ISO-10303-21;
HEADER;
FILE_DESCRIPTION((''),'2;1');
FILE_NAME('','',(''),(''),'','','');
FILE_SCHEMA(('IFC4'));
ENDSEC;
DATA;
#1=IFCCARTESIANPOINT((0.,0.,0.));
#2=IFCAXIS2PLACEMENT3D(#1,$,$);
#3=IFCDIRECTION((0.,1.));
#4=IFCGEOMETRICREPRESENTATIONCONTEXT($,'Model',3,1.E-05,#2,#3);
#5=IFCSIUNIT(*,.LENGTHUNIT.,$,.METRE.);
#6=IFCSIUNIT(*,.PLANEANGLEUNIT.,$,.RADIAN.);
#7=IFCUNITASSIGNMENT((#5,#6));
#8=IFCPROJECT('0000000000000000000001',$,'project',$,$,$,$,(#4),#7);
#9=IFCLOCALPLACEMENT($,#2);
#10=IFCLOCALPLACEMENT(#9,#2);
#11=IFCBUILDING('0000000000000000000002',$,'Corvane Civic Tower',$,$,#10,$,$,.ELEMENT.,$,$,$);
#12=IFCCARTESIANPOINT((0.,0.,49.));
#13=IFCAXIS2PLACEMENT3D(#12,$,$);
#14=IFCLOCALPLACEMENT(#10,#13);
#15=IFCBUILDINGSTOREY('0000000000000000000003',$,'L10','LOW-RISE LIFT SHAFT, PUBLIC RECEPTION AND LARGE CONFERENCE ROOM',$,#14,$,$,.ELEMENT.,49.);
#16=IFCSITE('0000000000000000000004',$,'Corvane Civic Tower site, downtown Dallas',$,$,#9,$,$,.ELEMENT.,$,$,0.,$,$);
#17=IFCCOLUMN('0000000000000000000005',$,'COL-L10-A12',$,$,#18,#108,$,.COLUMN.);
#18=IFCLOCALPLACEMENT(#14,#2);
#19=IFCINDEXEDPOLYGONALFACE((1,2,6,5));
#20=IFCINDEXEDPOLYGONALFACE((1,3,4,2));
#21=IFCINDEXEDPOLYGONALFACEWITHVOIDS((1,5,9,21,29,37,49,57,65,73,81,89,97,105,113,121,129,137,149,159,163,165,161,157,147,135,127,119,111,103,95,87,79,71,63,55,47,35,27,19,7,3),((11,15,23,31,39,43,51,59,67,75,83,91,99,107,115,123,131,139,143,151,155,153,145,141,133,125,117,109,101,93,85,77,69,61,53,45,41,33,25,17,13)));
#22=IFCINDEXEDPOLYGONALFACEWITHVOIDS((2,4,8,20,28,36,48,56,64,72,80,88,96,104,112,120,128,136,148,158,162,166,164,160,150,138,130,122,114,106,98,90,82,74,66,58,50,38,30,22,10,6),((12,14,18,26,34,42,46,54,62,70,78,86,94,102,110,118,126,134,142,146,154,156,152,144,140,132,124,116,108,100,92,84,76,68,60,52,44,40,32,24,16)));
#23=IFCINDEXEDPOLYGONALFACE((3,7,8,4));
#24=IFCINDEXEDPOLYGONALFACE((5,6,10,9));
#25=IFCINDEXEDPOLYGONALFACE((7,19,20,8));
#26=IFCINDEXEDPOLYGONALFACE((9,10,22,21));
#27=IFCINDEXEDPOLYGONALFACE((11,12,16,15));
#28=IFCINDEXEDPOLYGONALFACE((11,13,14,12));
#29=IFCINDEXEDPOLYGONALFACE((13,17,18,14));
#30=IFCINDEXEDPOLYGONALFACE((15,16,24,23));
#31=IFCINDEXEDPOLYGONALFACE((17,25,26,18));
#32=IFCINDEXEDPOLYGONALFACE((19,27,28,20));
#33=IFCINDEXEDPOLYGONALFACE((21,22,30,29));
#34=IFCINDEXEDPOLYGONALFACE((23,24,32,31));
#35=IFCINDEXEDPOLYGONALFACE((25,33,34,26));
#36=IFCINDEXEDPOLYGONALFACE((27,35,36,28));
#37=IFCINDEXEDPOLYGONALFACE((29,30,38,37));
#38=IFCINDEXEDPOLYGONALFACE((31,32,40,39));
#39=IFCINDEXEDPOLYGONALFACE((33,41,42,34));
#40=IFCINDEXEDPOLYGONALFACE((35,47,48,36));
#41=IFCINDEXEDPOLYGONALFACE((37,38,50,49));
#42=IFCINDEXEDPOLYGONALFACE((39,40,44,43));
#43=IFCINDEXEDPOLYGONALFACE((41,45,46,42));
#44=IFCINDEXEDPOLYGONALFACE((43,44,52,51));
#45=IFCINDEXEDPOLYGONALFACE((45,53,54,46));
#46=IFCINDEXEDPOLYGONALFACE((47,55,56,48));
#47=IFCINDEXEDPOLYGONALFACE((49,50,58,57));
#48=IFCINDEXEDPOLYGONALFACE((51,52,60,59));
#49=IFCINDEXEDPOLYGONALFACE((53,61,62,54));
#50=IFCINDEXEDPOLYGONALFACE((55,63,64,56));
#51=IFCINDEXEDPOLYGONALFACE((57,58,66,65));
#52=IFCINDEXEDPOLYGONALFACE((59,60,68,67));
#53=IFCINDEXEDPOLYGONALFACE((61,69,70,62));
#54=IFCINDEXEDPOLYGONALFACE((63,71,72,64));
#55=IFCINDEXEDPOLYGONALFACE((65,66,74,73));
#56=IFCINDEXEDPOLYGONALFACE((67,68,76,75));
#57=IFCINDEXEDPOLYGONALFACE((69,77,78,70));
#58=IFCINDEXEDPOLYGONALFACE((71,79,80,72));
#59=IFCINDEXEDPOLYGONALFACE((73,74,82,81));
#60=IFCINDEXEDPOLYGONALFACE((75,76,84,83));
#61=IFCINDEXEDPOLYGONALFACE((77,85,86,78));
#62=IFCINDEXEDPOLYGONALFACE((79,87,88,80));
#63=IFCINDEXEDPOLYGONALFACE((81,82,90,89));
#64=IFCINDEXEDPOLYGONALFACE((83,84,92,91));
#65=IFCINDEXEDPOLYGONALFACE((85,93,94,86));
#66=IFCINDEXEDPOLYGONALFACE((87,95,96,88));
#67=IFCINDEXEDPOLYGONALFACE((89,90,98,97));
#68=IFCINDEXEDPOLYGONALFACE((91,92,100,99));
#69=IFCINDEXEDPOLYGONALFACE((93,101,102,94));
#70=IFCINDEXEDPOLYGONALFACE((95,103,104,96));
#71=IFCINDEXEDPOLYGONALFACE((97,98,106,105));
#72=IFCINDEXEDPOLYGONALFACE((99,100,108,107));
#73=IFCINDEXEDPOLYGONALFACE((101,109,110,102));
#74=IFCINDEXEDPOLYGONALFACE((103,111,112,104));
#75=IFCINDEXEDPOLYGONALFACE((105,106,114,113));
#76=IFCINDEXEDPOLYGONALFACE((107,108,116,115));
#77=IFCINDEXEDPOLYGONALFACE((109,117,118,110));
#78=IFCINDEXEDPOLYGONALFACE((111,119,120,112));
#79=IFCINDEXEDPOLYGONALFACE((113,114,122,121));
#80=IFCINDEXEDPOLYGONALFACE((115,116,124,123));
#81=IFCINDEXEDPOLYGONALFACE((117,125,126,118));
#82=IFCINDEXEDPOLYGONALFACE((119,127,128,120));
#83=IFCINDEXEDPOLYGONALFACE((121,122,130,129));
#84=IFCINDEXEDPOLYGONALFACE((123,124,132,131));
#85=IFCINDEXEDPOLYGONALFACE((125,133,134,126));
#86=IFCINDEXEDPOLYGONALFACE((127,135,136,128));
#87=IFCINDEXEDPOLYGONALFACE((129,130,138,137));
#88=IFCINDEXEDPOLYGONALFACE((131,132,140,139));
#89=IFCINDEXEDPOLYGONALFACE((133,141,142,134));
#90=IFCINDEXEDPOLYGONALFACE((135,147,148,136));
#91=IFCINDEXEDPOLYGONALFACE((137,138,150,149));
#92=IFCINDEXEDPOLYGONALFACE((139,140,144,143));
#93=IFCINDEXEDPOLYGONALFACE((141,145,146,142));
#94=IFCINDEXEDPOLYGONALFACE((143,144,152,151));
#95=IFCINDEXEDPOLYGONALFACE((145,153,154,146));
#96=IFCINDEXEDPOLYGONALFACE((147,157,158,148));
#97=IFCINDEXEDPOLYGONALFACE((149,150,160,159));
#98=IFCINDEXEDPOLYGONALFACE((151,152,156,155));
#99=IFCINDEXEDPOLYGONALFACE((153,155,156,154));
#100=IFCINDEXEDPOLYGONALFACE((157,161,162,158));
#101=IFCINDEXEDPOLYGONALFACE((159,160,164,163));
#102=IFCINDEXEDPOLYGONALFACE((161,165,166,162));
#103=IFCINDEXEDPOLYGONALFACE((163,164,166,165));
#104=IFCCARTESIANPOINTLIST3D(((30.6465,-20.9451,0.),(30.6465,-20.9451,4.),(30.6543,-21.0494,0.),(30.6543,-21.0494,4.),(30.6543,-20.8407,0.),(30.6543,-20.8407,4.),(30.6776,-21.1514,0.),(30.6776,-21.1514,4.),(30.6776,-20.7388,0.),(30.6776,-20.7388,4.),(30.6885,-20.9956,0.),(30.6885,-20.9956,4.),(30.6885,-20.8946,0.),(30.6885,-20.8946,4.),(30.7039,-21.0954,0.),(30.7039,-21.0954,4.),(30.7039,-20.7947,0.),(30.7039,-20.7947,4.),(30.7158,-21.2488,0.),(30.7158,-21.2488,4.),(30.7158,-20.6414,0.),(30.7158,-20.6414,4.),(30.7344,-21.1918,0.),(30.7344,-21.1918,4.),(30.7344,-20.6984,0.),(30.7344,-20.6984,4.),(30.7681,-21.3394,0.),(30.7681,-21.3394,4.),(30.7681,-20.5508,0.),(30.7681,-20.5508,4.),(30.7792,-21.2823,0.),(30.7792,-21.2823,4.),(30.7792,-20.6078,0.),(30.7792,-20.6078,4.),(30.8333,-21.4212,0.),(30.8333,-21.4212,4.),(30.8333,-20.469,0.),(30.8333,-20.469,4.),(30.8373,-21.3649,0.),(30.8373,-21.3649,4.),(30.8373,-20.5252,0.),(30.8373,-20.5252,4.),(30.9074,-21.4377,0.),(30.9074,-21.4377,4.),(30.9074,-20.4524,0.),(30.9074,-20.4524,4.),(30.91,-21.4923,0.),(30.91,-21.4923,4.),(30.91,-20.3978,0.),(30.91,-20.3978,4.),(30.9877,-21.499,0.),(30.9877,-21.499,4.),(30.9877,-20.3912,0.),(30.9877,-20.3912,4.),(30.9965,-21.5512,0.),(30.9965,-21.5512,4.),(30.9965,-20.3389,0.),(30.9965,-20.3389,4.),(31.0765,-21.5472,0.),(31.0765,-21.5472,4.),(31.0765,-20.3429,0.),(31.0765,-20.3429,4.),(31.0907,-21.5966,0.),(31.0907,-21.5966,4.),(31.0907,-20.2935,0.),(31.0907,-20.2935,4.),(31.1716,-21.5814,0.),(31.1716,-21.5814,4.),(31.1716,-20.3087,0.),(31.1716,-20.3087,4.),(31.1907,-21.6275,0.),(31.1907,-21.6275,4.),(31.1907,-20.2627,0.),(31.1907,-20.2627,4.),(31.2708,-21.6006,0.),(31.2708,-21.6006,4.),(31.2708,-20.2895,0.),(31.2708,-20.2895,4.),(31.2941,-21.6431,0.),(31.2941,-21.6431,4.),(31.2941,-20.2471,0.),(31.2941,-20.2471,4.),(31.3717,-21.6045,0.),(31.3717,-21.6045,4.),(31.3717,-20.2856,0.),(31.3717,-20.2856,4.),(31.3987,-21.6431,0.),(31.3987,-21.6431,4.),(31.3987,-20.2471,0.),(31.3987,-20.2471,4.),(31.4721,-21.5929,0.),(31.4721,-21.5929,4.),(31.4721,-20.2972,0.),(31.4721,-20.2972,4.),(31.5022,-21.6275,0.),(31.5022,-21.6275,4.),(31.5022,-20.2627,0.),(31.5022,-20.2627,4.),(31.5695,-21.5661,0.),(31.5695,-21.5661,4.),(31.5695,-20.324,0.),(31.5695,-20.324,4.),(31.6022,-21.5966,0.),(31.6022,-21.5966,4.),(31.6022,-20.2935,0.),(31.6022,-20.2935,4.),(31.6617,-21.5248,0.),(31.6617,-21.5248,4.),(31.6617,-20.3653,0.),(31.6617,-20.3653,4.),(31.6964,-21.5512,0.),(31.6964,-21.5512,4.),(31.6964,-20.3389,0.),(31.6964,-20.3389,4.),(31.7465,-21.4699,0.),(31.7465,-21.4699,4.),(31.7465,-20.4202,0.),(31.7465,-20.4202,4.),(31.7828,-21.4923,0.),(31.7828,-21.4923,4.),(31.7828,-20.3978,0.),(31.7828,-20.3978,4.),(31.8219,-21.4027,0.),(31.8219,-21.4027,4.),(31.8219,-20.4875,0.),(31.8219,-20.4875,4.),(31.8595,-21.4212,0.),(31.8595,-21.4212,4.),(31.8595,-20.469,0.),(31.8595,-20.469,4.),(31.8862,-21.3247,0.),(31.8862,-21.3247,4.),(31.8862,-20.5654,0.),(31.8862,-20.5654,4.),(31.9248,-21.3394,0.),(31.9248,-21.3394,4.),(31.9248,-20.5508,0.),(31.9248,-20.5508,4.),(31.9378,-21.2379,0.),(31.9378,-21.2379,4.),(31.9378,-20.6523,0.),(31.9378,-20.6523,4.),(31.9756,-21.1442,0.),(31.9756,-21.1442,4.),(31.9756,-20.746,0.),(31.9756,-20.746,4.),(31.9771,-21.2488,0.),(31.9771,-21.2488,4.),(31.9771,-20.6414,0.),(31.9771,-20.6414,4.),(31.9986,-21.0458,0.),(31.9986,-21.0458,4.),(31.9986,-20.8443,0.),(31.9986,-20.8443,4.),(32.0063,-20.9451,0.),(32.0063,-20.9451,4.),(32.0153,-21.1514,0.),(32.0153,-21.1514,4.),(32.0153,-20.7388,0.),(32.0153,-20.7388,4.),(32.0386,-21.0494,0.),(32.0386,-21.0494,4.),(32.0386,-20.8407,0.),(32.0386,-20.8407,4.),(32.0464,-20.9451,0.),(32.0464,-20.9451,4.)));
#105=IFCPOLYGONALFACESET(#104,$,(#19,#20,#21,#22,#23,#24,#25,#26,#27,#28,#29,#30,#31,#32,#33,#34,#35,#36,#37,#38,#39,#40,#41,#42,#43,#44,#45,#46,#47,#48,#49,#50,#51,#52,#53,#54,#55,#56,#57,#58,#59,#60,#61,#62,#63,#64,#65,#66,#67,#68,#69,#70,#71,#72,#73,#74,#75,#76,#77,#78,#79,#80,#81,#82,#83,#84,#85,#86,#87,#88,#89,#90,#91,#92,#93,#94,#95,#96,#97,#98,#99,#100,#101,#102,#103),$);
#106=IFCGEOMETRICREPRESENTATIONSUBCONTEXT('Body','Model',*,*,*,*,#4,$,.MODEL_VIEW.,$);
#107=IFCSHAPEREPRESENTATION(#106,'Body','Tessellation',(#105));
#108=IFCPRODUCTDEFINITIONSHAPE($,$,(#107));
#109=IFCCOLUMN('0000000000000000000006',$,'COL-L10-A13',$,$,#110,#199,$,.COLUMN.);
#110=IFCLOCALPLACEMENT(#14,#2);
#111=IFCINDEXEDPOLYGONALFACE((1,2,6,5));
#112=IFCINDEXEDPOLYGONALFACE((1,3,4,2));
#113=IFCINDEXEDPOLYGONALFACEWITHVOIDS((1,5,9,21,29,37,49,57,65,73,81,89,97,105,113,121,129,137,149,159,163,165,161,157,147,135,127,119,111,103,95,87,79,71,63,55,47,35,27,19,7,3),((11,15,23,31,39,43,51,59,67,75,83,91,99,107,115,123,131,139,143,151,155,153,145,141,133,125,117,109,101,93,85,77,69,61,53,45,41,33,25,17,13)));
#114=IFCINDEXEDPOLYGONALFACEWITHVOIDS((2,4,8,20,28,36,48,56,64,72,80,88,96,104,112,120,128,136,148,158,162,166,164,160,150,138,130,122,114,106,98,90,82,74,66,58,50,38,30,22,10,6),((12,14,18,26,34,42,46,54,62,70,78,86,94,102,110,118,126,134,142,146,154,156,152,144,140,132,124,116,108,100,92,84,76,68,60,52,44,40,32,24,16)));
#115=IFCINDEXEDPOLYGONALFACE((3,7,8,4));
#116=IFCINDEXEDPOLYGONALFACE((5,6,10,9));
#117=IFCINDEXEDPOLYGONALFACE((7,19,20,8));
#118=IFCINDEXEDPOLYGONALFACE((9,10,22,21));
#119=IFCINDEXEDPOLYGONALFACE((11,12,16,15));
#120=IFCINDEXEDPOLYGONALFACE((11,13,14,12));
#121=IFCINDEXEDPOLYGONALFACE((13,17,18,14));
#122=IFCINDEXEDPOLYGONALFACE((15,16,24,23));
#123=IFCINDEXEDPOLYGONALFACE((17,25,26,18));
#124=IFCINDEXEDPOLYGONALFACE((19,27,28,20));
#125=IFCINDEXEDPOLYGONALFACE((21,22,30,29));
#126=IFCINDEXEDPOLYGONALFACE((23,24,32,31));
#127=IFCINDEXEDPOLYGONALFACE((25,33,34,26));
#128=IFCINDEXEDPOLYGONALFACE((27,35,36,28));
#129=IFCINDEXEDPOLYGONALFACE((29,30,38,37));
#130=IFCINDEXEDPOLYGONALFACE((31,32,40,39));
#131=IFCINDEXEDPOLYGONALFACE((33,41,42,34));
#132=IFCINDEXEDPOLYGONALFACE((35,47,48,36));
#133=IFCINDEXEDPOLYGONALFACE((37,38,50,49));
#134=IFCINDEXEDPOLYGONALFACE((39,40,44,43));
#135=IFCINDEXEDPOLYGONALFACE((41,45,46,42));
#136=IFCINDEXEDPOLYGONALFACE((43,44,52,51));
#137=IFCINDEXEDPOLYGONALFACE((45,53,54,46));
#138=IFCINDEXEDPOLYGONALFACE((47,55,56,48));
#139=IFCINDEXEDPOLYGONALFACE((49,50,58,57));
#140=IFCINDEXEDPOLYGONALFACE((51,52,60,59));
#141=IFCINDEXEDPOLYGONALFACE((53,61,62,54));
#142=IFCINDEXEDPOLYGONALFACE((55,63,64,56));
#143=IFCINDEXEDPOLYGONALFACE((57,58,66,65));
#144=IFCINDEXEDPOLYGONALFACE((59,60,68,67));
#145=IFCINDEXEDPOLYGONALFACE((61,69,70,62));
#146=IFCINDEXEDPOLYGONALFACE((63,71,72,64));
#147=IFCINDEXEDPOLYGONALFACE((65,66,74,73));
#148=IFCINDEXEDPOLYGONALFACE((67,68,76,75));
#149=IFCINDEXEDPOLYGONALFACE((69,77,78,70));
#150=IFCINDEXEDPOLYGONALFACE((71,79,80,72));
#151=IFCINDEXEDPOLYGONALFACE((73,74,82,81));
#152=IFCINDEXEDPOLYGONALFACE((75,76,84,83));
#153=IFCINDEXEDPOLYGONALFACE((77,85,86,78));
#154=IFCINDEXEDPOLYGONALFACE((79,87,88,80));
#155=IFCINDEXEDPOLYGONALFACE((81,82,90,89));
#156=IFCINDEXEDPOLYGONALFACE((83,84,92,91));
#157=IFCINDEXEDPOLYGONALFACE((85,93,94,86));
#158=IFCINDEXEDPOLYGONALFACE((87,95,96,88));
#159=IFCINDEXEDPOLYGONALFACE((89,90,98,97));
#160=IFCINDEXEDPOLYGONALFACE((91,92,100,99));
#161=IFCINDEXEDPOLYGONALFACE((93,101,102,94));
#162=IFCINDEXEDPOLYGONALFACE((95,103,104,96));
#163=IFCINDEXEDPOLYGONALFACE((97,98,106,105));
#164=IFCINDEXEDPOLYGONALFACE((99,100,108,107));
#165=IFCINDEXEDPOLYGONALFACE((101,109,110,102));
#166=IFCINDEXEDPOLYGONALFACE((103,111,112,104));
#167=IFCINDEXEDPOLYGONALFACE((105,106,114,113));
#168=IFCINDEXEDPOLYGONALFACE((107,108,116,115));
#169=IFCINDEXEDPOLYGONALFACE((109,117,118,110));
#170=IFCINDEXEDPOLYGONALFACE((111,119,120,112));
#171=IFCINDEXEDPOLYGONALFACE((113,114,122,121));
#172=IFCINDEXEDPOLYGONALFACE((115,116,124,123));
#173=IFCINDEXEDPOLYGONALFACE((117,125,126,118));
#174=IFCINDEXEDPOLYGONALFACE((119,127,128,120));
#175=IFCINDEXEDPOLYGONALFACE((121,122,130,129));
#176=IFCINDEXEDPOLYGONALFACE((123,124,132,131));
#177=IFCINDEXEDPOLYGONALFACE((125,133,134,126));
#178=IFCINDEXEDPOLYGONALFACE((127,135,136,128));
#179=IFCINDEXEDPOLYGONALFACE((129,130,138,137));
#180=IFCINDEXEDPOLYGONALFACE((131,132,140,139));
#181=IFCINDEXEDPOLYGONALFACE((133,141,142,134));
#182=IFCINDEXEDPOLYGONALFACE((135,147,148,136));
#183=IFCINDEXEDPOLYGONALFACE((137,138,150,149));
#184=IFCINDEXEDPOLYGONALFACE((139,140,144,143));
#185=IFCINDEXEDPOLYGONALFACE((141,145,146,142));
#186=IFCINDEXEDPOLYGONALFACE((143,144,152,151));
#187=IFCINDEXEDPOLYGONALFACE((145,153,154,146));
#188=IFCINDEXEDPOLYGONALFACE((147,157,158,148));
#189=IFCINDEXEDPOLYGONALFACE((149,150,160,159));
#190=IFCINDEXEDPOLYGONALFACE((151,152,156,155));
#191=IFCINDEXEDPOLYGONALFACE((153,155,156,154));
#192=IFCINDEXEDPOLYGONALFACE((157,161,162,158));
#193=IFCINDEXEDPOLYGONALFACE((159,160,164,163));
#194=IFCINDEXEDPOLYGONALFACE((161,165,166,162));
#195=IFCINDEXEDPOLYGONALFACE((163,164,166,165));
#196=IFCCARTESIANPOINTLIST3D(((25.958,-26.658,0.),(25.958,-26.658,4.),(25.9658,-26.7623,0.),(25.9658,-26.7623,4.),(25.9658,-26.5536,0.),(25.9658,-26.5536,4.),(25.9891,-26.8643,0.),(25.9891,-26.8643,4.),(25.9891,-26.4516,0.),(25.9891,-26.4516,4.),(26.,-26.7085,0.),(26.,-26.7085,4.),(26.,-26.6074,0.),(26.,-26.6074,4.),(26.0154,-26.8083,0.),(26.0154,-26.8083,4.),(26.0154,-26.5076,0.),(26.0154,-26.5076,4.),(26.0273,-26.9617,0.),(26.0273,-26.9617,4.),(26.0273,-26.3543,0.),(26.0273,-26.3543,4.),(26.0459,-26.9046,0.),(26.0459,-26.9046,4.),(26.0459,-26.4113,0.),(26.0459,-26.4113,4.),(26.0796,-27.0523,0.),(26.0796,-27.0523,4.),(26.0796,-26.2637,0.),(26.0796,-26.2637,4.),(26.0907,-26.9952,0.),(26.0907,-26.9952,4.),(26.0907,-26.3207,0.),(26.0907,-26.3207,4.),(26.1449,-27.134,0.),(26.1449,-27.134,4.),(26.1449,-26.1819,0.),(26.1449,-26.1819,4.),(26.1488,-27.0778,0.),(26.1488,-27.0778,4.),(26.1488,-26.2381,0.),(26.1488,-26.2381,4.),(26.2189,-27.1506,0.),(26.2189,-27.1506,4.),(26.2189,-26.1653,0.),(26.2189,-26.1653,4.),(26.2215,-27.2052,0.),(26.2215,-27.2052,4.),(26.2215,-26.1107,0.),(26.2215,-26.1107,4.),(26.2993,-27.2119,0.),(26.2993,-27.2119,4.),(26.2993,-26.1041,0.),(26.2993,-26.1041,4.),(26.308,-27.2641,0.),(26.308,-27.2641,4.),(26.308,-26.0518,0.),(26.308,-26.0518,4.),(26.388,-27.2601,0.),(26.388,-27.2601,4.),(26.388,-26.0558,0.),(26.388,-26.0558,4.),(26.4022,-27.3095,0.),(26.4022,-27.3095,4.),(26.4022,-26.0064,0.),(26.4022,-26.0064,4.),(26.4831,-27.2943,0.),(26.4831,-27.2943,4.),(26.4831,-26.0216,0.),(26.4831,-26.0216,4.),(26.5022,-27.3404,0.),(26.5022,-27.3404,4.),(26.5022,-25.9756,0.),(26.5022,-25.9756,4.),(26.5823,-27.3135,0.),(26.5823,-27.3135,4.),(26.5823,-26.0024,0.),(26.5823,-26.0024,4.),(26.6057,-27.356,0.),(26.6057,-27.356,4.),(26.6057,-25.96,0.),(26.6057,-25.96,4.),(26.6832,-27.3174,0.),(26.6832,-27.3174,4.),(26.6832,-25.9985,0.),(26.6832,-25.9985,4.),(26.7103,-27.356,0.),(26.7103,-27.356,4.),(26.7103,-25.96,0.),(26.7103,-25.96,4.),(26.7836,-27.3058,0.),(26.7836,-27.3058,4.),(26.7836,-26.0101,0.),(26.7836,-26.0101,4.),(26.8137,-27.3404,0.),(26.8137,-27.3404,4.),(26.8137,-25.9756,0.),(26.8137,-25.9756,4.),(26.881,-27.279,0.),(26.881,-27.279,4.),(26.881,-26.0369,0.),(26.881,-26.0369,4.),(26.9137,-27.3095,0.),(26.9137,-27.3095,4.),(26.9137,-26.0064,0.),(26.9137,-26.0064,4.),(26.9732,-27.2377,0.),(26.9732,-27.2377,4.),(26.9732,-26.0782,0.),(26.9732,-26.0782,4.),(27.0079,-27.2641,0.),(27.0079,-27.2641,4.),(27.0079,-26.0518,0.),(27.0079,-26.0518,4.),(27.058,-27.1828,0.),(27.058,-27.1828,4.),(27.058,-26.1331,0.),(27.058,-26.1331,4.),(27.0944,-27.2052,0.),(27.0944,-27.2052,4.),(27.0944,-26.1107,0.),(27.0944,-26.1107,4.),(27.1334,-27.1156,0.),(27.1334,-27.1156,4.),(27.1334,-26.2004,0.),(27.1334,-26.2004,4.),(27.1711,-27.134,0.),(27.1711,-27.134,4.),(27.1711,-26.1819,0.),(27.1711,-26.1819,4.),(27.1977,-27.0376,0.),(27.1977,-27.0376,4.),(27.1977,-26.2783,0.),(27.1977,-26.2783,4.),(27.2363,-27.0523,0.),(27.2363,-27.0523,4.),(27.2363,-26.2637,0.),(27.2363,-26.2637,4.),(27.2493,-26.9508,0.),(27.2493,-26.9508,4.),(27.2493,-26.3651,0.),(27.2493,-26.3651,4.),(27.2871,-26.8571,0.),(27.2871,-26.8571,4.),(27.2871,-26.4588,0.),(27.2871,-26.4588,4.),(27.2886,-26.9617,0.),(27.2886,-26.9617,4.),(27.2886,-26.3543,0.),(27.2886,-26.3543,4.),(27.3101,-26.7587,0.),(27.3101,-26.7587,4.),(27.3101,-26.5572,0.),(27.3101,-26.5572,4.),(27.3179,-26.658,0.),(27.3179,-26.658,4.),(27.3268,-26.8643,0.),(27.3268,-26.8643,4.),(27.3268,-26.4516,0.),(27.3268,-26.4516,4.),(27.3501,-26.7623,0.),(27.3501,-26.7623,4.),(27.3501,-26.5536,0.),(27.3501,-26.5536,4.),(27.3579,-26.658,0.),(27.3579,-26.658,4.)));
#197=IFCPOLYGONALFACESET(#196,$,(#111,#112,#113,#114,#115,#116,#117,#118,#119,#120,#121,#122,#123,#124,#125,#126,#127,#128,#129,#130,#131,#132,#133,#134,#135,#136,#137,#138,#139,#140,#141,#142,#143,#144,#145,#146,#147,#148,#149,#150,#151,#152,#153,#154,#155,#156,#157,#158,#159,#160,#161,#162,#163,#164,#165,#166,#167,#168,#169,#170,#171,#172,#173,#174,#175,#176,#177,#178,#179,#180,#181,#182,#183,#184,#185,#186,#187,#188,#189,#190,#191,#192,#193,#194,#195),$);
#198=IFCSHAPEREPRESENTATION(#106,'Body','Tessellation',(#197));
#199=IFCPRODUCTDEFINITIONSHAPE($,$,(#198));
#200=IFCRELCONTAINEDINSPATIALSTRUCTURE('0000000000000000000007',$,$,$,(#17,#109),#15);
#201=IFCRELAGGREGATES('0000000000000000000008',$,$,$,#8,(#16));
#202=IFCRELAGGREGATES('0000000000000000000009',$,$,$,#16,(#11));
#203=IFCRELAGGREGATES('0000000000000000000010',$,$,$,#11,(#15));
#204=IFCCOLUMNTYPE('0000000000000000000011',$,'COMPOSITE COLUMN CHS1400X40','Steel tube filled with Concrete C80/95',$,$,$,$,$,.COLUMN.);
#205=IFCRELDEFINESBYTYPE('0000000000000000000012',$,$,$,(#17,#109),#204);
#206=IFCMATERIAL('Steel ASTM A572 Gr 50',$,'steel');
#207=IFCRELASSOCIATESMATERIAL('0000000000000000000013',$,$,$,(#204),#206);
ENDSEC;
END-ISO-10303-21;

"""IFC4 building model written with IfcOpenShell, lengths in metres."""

from ifc_helpers import new_model, si_unit, direction, frame, origin, origin_2d, place, context, subcontext, project, spatial, hollow_circle, extrude, material, material_profile, profile_set, type_object, element, save


model = new_model("IFC4")

# Units and contexts
model_context = context("Model", 3, precision=1e-05, world=origin(), true_north=direction((0.0, 1.0)))
body_context = subcontext(model_context, "Body", "Model", "MODEL_VIEW")
ifc_project = project(units=[si_unit("LENGTHUNIT", "METRE"), si_unit("PLANEANGLEUNIT", "RADIAN")], contexts=[model_context])

# Site, building, storey
site_placement = place(None, origin())
site = spatial("IfcSite", under=ifc_project, at=site_placement, Name="Corvane Civic Tower site, downtown Dallas", CompositionType="ELEMENT", RefElevation=0.0)
building_placement = place(site_placement, origin())
building = spatial("IfcBuilding", under=site, at=building_placement, Name="Corvane Civic Tower", CompositionType="ELEMENT")
storey_placement = place(building_placement, frame((0.0, 0.0, 49.0)))
storey = spatial("IfcBuildingStorey", under=building, at=storey_placement, Name="L10", Description="LOW-RISE LIFT SHAFT, PUBLIC RECEPTION AND LARGE CONFERENCE ROOM", CompositionType="ELEMENT", Elevation=49.0)

# Columns
ifc_material_1 = material(Name="Steel ASTM A572 Gr 50", Category="steel")
ifc_material_profile_1 = material_profile(ifc_material_1, hollow_circle(Radius=0.7, WallThickness=0.04, at=origin_2d()), Name="CHS1400X40")
ifc_profile_set_1 = profile_set([ifc_material_profile_1], Name="Steel ASTM A572 Gr 50")
column_type = type_object("IfcColumnType", Name="COMPOSITE COLUMN CHS1400X40", Description="Steel tube filled with Concrete C80/95", PredefinedType="COLUMN", material=ifc_profile_set_1)
for number, where, z_axis, x_axis, name in (
    (1, (31.3464, -20.9451, 0.0), (0.0, 0.0, 1.0), (1.0, 0.0, 0.0), "COL-L10-A12"),
    (2, (26.658, -26.658, 0.0), (0.0, 0.0, 1.0), (1.0, 0.0, 0.0), "COL-L10-A13"),
):
    element("IfcColumn", number, at=place(storey_placement, frame(where, z_axis=z_axis, x_axis=x_axis)), inside=storey, type_object=column_type, Name=name, PredefinedType="COLUMN", context=body_context, shape_type="SweptSolid", body=[
        extrude(hollow_circle(Radius=0.7, WallThickness=0.04, at=origin_2d()), origin(), (0.0, 0.0, 1.0), 4.0),
    ])

save(model, "model.ifc")
